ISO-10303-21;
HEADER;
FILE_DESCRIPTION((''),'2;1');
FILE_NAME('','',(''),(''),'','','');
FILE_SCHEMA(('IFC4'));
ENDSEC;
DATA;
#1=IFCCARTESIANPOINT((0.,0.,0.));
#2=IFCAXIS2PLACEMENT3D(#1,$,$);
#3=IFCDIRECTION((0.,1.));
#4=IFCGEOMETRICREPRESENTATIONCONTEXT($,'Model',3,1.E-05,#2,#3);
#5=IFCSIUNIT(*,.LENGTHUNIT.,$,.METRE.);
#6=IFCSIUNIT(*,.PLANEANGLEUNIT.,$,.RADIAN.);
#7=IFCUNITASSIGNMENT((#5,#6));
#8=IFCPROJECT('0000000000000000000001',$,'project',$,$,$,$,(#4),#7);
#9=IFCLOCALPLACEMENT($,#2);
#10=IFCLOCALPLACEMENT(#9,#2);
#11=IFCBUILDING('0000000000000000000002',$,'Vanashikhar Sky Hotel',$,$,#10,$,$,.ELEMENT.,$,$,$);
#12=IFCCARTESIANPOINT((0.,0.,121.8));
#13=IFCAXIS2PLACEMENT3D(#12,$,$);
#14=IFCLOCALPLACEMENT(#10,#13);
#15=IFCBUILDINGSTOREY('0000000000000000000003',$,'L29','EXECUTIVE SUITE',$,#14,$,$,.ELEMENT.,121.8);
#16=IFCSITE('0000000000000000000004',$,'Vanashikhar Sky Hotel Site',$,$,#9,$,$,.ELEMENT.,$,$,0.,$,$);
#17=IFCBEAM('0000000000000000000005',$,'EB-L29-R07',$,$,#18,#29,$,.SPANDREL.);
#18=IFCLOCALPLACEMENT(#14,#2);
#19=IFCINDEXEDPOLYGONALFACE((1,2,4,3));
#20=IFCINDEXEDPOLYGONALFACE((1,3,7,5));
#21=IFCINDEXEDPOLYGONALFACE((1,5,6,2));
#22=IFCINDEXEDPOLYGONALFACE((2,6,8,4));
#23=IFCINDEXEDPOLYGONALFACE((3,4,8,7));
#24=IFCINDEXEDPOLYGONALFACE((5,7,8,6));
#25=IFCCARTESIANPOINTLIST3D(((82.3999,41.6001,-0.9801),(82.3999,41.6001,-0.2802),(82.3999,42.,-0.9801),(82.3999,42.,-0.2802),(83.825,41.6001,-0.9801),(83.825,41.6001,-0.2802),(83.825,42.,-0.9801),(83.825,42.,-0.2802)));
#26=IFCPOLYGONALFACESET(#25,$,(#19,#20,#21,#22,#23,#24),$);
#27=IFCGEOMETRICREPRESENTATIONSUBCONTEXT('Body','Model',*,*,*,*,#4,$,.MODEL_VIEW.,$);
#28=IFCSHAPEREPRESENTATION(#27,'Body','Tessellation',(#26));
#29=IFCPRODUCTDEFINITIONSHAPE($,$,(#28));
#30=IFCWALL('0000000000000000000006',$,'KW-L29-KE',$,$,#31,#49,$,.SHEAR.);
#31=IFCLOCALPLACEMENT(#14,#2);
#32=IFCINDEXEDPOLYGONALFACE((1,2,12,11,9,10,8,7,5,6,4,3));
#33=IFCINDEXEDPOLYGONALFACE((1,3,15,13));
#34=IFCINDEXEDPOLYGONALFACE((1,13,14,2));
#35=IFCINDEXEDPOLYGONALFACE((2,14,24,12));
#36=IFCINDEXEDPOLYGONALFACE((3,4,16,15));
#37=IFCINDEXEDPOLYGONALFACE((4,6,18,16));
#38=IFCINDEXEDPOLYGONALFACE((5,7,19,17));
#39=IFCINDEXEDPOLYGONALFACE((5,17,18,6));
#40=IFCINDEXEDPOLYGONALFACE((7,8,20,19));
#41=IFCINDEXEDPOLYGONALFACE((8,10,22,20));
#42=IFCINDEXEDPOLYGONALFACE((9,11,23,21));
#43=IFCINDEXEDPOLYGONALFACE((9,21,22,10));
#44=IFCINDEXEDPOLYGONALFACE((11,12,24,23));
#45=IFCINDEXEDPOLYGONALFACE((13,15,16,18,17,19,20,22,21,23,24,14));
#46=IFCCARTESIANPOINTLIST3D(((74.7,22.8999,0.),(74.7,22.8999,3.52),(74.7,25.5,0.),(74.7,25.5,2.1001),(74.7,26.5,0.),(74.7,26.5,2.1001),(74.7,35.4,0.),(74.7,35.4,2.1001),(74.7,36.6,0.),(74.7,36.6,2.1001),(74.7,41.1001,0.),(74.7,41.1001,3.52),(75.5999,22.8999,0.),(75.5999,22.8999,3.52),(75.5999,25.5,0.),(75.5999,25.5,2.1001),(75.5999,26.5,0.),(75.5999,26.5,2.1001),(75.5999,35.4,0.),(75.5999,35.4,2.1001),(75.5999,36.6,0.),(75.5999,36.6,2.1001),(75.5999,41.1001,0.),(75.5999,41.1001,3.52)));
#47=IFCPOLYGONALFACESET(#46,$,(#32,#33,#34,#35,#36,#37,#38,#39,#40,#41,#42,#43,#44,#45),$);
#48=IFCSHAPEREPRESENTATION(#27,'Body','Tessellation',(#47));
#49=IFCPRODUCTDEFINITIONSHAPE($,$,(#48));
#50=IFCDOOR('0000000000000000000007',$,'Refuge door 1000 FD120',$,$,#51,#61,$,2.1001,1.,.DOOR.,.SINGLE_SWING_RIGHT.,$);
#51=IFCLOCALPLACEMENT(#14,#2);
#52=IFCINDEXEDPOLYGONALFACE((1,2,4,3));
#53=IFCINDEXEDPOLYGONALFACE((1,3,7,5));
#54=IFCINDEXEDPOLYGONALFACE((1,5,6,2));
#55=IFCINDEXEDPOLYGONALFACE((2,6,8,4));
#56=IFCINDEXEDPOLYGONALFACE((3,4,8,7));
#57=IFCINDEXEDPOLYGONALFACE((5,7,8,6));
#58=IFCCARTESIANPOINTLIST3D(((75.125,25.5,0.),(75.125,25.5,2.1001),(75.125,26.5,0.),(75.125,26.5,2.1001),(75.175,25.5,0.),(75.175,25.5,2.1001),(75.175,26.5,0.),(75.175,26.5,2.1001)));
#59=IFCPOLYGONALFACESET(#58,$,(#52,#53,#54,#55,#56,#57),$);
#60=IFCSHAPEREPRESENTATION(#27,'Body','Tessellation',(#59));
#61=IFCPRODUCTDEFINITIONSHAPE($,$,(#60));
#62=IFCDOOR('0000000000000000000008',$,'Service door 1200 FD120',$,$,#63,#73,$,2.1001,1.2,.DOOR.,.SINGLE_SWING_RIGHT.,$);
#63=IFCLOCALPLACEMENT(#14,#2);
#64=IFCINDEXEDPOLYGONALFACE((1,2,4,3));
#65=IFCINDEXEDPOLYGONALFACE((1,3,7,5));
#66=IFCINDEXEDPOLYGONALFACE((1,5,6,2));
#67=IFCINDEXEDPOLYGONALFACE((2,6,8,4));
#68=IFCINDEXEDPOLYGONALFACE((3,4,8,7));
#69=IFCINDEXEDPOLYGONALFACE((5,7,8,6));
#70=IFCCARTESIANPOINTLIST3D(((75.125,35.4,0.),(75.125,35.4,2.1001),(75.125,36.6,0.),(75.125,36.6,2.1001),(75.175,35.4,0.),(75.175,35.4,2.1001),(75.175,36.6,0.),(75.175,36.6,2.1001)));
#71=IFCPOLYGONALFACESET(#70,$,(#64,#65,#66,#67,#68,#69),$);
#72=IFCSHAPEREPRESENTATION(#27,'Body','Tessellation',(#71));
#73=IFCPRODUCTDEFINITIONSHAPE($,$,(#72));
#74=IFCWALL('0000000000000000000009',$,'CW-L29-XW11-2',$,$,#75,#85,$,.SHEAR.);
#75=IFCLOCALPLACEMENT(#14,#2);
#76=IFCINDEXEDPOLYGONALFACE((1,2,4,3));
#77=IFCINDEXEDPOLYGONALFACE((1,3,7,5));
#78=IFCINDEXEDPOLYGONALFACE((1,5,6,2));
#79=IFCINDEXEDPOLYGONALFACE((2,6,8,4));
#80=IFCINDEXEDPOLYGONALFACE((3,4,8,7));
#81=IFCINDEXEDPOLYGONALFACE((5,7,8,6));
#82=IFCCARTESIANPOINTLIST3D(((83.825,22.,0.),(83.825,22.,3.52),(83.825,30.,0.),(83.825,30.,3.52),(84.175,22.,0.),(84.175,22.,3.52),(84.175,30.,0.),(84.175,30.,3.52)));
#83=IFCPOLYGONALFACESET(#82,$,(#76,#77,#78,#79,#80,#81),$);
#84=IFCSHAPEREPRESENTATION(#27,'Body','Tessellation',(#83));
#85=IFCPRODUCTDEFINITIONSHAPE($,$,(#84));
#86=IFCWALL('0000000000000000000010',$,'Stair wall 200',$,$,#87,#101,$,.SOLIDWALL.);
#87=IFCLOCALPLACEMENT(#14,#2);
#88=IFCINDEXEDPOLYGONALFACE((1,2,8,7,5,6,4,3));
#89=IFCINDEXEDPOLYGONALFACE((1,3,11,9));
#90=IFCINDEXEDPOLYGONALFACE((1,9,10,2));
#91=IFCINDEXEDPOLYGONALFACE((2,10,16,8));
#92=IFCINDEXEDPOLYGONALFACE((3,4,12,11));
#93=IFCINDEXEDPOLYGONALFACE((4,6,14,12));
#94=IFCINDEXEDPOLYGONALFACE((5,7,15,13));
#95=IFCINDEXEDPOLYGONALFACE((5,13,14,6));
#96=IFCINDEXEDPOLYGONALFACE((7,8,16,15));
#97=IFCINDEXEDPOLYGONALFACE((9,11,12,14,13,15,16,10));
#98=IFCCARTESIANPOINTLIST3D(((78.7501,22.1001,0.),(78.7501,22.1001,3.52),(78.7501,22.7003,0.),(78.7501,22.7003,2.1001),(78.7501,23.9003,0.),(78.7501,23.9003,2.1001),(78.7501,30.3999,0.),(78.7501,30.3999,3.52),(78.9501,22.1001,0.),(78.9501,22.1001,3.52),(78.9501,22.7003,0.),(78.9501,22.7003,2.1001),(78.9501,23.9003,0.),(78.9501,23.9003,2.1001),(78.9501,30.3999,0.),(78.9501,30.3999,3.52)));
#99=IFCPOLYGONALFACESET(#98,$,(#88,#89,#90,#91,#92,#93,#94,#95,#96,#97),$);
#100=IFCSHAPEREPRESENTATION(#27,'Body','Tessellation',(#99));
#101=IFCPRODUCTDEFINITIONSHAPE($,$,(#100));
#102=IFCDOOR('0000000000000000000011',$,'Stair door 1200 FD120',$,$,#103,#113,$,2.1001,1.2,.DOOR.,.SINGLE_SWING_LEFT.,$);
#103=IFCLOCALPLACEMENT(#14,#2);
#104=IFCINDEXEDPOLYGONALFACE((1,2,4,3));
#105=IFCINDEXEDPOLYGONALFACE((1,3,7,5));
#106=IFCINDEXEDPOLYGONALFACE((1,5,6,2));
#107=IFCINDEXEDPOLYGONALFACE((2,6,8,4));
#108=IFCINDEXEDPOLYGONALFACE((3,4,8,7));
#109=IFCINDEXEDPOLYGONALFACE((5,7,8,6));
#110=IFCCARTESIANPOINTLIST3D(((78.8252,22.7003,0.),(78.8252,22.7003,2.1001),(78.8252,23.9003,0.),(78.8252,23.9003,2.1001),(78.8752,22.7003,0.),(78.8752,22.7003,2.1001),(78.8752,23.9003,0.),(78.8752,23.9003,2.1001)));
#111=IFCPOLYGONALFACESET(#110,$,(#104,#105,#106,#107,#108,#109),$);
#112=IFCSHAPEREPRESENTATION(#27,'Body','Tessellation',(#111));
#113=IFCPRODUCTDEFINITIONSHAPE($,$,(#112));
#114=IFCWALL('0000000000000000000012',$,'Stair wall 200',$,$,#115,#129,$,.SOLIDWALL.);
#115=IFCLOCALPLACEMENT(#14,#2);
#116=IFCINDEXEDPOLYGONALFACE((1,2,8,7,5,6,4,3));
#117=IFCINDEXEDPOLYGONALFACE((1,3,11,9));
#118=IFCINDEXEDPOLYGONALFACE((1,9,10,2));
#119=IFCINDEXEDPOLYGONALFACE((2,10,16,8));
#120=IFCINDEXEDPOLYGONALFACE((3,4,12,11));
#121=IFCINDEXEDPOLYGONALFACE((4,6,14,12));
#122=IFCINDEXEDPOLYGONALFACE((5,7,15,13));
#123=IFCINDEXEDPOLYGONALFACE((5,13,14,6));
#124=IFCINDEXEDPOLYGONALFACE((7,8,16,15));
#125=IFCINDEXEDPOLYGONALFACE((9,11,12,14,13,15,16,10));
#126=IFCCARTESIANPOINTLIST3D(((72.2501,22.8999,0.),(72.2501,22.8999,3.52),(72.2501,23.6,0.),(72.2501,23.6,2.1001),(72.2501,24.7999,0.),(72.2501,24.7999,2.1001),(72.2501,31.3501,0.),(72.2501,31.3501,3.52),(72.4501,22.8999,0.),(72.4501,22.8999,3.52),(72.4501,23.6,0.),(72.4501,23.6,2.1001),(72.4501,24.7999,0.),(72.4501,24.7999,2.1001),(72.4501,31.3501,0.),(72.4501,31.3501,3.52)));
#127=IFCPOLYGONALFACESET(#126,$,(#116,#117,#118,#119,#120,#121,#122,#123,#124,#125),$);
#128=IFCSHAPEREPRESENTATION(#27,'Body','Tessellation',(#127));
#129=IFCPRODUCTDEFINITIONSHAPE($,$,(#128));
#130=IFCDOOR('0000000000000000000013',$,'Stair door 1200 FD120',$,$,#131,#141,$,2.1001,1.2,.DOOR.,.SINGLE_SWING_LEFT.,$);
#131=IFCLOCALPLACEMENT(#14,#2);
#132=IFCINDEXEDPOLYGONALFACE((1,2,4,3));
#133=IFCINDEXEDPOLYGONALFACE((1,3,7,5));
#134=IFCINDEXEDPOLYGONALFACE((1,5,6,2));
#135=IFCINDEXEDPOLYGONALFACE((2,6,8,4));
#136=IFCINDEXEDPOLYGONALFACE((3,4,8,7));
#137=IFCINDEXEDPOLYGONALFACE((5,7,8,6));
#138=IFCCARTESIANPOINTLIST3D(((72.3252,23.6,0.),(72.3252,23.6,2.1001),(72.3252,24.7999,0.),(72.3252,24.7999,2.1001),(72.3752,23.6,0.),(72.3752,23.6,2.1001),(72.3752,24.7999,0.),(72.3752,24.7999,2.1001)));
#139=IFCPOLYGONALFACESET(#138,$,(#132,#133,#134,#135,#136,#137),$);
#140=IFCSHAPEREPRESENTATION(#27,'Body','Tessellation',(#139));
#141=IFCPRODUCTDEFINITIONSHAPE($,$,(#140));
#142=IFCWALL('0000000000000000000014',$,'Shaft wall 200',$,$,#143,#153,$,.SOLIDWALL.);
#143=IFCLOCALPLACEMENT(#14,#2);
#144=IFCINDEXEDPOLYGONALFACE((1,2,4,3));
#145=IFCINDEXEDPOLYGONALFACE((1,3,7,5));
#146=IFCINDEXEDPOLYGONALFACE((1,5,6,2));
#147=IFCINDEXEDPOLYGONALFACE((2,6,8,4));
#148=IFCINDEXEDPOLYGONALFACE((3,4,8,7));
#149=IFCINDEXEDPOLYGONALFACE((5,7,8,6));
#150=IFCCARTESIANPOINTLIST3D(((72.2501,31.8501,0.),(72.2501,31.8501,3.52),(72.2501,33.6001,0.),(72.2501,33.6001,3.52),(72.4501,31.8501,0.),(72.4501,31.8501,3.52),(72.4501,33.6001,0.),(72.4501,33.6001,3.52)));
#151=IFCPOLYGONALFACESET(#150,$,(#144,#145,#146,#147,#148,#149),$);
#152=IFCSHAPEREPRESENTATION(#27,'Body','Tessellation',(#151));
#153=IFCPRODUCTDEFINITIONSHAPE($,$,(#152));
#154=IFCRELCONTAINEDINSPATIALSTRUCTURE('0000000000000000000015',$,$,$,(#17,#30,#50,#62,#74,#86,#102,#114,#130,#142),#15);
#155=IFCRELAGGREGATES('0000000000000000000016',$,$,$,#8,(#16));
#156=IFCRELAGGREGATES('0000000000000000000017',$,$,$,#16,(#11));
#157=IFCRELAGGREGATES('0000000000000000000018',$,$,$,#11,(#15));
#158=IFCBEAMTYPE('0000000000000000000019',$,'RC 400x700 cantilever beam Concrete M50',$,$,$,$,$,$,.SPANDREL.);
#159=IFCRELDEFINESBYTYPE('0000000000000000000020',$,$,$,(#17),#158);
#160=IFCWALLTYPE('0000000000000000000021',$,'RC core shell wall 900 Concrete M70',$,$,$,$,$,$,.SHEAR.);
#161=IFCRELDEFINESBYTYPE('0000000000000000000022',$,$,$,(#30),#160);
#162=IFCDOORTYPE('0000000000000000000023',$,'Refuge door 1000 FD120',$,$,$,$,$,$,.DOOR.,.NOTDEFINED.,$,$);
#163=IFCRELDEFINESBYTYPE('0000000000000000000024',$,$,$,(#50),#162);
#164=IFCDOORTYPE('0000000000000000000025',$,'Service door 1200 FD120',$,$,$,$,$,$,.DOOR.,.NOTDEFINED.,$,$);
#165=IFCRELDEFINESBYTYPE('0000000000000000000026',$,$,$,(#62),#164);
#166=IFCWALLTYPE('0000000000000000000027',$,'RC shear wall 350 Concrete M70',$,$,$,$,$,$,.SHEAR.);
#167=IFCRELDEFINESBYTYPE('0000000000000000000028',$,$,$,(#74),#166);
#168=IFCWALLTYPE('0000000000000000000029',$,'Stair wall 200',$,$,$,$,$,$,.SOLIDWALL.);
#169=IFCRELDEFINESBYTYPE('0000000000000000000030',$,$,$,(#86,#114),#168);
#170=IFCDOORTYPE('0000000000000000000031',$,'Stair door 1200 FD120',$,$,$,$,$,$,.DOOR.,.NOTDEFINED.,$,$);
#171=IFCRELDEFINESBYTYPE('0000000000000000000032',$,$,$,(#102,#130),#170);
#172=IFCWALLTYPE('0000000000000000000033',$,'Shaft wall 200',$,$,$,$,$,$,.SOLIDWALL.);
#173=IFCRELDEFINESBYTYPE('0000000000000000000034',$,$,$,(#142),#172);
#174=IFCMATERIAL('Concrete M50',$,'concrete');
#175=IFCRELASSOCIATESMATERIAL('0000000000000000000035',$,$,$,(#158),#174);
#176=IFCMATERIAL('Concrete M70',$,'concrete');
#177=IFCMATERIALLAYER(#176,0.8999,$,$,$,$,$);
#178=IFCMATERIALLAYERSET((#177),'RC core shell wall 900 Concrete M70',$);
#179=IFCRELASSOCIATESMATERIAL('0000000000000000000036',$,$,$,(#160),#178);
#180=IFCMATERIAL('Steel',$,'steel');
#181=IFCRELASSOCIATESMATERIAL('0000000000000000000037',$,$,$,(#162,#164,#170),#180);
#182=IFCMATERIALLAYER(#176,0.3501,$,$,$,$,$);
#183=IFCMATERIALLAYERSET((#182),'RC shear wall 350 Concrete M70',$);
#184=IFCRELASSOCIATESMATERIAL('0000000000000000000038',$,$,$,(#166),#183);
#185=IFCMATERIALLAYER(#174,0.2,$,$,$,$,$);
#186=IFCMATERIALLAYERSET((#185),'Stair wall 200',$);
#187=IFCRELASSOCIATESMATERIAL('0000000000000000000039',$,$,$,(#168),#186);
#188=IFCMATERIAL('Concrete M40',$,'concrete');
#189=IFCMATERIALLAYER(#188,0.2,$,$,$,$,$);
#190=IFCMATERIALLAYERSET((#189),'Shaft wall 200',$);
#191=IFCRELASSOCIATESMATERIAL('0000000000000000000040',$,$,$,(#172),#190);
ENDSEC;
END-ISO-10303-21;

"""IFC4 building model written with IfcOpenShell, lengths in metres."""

from ifc_helpers import new_model, si_unit, direction, frame, frame_2d, origin, origin_2d, place, context, subcontext, project, spatial, rectangle, extrude, source, transform, mapped, material, layer, layer_set, material_profile, profile_set, type_object, element, fill, save


model = new_model("IFC4")

# Units and contexts
model_context = context("Model", 3, precision=1e-05, world=origin(), true_north=direction((0.0, 1.0)))
body_context = subcontext(model_context, "Body", "Model", "MODEL_VIEW")
ifc_project = project(units=[si_unit("LENGTHUNIT", "METRE"), si_unit("PLANEANGLEUNIT", "RADIAN")], contexts=[model_context])

# Site, building, storey
site_placement = place(None, origin())
site = spatial("IfcSite", under=ifc_project, at=site_placement, Name="Vanashikhar Sky Hotel Site", CompositionType="ELEMENT", RefElevation=0.0)
building_placement = place(site_placement, origin())
building = spatial("IfcBuilding", under=site, at=building_placement, Name="Vanashikhar Sky Hotel", CompositionType="ELEMENT")
storey_placement = place(building_placement, frame((0.0, 0.0, 121.8)))
storey = spatial("IfcBuildingStorey", under=building, at=storey_placement, Name="L29", Description="EXECUTIVE SUITE", CompositionType="ELEMENT", Elevation=121.8)

# Beam
ifc_material_1 = material(Name="Concrete M50", Category="concrete")
ifc_material_profile = material_profile(ifc_material_1, rectangle(XDim=0.3999, YDim=0.7, at=origin_2d()))
ifc_profile_set = profile_set([ifc_material_profile], Name="RC 400x700 cantilever beam Concrete M50")
beam_type = type_object("IfcBeamType", Name="RC 400x700 cantilever beam Concrete M50", PredefinedType="SPANDREL", material=ifc_profile_set)
shared_shape_1 = source(origin(), body_context, "Body", "SweptSolid", [
    extrude(rectangle(XDim=0.3999, YDim=0.7, at=origin_2d()), origin(), (0.0, 0.0, 1.0), 1.425),
])
beam_placement = place(storey_placement, frame((82.3999, 41.8, -0.6301), z_axis=(1.0, 0.0, 0.0), x_axis=(0.0, 1.0, 0.0)))
element("IfcBeam", 1, at=beam_placement, inside=storey, type_object=beam_type, Name="EB-L29-R07", PredefinedType="SPANDREL", context=body_context, shape_type="MappedRepresentation", body=[
    mapped(shared_shape_1, transform((0.0, 0.0, 0.0), scale=1.0)),
])

# Wall, openings, doors
ifc_material_2 = material(Name="Concrete M70", Category="concrete")
ifc_layer_1 = layer(ifc_material_2, 0.8999)
ifc_layer_set_1 = layer_set([ifc_layer_1], Name="RC core shell wall 900 Concrete M70")
wall_type_1 = type_object("IfcWallType", Name="RC core shell wall 900 Concrete M70", PredefinedType="SHEAR", material=ifc_layer_set_1)
shared_shape_2 = source(origin(), body_context, "Body", "SweptSolid", [
    extrude(rectangle(XDim=18.2002, YDim=0.8999, at=frame_2d((9.1001, 0.0))), origin(), (0.0, 0.0, 1.0), 3.52),
])
wall_1_placement = place(storey_placement, frame((75.1499, 22.8999, 0.0), z_axis=(0.0, 0.0, 1.0), x_axis=(0.0, 1.0, 0.0)))
wall_1 = element("IfcWall", 2, at=wall_1_placement, inside=storey, type_object=wall_type_1, Name="KW-L29-KE", PredefinedType="SHEAR", context=body_context, shape_type="MappedRepresentation", body=[
    mapped(shared_shape_2, transform((0.0, 0.0, 0.0), scale=1.0)),
])
shared_shape_3 = source(origin(), body_context, "Body", "SweptSolid", [
    extrude(rectangle(XDim=1.0, YDim=2.1001, at=frame_2d((0.5, 1.05))), frame((0.0, 0.46, 0.0), z_axis=(0.0, -1.0, 0.0), x_axis=(1.0, 0.0, 0.0)), (0.0, 0.0, 1.0), 0.9199),
])
opening_1_placement = place(wall_1_placement, frame((2.6001, 0.0, 0.0)))
opening_1 = element("IfcOpeningElement", 3, at=opening_1_placement, cuts=wall_1, PredefinedType="OPENING", context=body_context, shape_type="MappedRepresentation", body=[
    mapped(shared_shape_3, transform((0.0, 0.0, 0.0), scale=1.0)),
])
shared_shape_4 = source(origin(), body_context, "Body", "SweptSolid", [
    extrude(rectangle(XDim=1.2, YDim=2.1001, at=frame_2d((0.6001, 1.05))), frame((0.0, 0.46, 0.0), z_axis=(0.0, -1.0, 0.0), x_axis=(1.0, 0.0, 0.0)), (0.0, 0.0, 1.0), 0.9199),
])
opening_2_placement = place(wall_1_placement, frame((12.5, 0.0, 0.0)))
opening_2 = element("IfcOpeningElement", 4, at=opening_2_placement, cuts=wall_1, PredefinedType="OPENING", context=body_context, shape_type="MappedRepresentation", body=[
    mapped(shared_shape_4, transform((0.0, 0.0, 0.0), scale=1.0)),
])
ifc_material_3 = material(Name="Steel", Category="steel")
door_type_1 = type_object("IfcDoorType", Name="Refuge door 1000 FD120", OperationType="NOTDEFINED", PredefinedType="DOOR", material=ifc_material_3)
shared_shape_5 = source(origin(), body_context, "Body", "SweptSolid", [
    extrude(rectangle(XDim=1.0, YDim=2.1001, at=frame_2d((0.5, 1.05))), frame((0.0, 0.0249, 0.0), z_axis=(0.0, -1.0, 0.0), x_axis=(1.0, 0.0, 0.0)), (0.0, 0.0, 1.0), 0.05),
])
door_1_placement = place(opening_1_placement, origin())
door_1 = element("IfcDoor", 5, at=door_1_placement, inside=storey, type_object=door_type_1, Name="Refuge door 1000 FD120", OperationType="SINGLE_SWING_RIGHT", OverallHeight=2.1001, OverallWidth=1.0, PredefinedType="DOOR", context=body_context, shape_type="MappedRepresentation", body=[
    mapped(shared_shape_5, transform((0.0, 0.0, 0.0), scale=1.0)),
])
fill(opening_1, door_1)
door_type_2 = type_object("IfcDoorType", Name="Service door 1200 FD120", OperationType="NOTDEFINED", PredefinedType="DOOR", material=ifc_material_3)
shared_shape_6 = source(origin(), body_context, "Body", "SweptSolid", [
    extrude(rectangle(XDim=1.2, YDim=2.1001, at=frame_2d((0.6001, 1.05))), frame((0.0, 0.0249, 0.0), z_axis=(0.0, -1.0, 0.0), x_axis=(1.0, 0.0, 0.0)), (0.0, 0.0, 1.0), 0.05),
])
door_2_placement = place(opening_2_placement, origin())
door_2 = element("IfcDoor", 6, at=door_2_placement, inside=storey, type_object=door_type_2, Name="Service door 1200 FD120", OperationType="SINGLE_SWING_RIGHT", OverallHeight=2.1001, OverallWidth=1.2, PredefinedType="DOOR", context=body_context, shape_type="MappedRepresentation", body=[
    mapped(shared_shape_6, transform((0.0, 0.0, 0.0), scale=1.0)),
])
fill(opening_2, door_2)

# Wall
ifc_layer_2 = layer(ifc_material_2, 0.3501)
ifc_layer_set_2 = layer_set([ifc_layer_2], Name="RC shear wall 350 Concrete M70")
wall_type_2 = type_object("IfcWallType", Name="RC shear wall 350 Concrete M70", PredefinedType="SHEAR", material=ifc_layer_set_2)
shared_shape_7 = source(origin(), body_context, "Body", "SweptSolid", [
    extrude(rectangle(XDim=8.0, YDim=0.3501, at=frame_2d((4.0, 0.0))), origin(), (0.0, 0.0, 1.0), 3.52),
])
wall_2_placement = place(storey_placement, frame((84.0, 22.0, 0.0), z_axis=(0.0, 0.0, 1.0), x_axis=(0.0, 1.0, 0.0)))
element("IfcWall", 7, at=wall_2_placement, inside=storey, type_object=wall_type_2, Name="CW-L29-XW11-2", PredefinedType="SHEAR", context=body_context, shape_type="MappedRepresentation", body=[
    mapped(shared_shape_7, transform((0.0, 0.0, 0.0), scale=1.0)),
])

# Walls, openings, doors
ifc_layer_3 = layer(ifc_material_1, 0.2)
ifc_layer_set_3 = layer_set([ifc_layer_3], Name="Stair wall 200")
wall_type_3 = type_object("IfcWallType", Name="Stair wall 200", PredefinedType="SOLIDWALL", material=ifc_layer_set_3)
shared_shape_8 = source(origin(), body_context, "Body", "SweptSolid", [
    extrude(rectangle(XDim=8.2998, YDim=0.2, at=frame_2d((4.1499, 0.0))), origin(), (0.0, 0.0, 1.0), 3.52),
])
wall_3_placement = place(storey_placement, frame((78.8501, 22.1001, 0.0), z_axis=(0.0, 0.0, 1.0), x_axis=(0.0, 1.0, 0.0)))
wall_3 = element("IfcWall", 8, at=wall_3_placement, inside=storey, type_object=wall_type_3, Name="Stair wall 200", PredefinedType="SOLIDWALL", context=body_context, shape_type="MappedRepresentation", body=[
    mapped(shared_shape_8, transform((0.0, 0.0, 0.0), scale=1.0)),
])
shared_shape_9 = source(origin(), body_context, "Body", "SweptSolid", [
    extrude(rectangle(XDim=1.2, YDim=2.1001, at=frame_2d((0.6001, 1.05))), frame((0.0, 0.1099, 0.0), z_axis=(0.0, -1.0, 0.0), x_axis=(1.0, 0.0, 0.0)), (0.0, 0.0, 1.0), 0.22),
])
opening_3_placement = place(wall_3_placement, frame((0.6001, 0.0, 0.0)))
opening_3 = element("IfcOpeningElement", 9, at=opening_3_placement, cuts=wall_3, PredefinedType="OPENING", context=body_context, shape_type="MappedRepresentation", body=[
    mapped(shared_shape_9, transform((0.0, 0.0, 0.0), scale=1.0)),
])
door_type_3 = type_object("IfcDoorType", Name="Stair door 1200 FD120", OperationType="NOTDEFINED", PredefinedType="DOOR", material=ifc_material_3)
door_3_placement = place(opening_3_placement, origin())
door_3 = element("IfcDoor", 10, at=door_3_placement, inside=storey, type_object=door_type_3, Name="Stair door 1200 FD120", OperationType="SINGLE_SWING_LEFT", OverallHeight=2.1001, OverallWidth=1.2, PredefinedType="DOOR", context=body_context, shape_type="MappedRepresentation", body=[
    mapped(shared_shape_6, transform((0.0, 0.0, 0.0), scale=1.0)),
])
fill(opening_3, door_3)
shared_shape_10 = source(origin(), body_context, "Body", "SweptSolid", [
    extrude(rectangle(XDim=8.4502, YDim=0.2, at=frame_2d((4.2251, 0.0))), origin(), (0.0, 0.0, 1.0), 3.52),
])
wall_4_placement = place(storey_placement, frame((72.3501, 22.8999, 0.0), z_axis=(0.0, 0.0, 1.0), x_axis=(0.0, 1.0, 0.0)))
wall_4 = element("IfcWall", 11, at=wall_4_placement, inside=storey, type_object=wall_type_3, Name="Stair wall 200", PredefinedType="SOLIDWALL", context=body_context, shape_type="MappedRepresentation", body=[
    mapped(shared_shape_10, transform((0.0, 0.0, 0.0), scale=1.0)),
])
opening_4_placement = place(wall_4_placement, frame((0.7, 0.0, 0.0)))
opening_4 = element("IfcOpeningElement", 12, at=opening_4_placement, cuts=wall_4, PredefinedType="OPENING", context=body_context, shape_type="MappedRepresentation", body=[
    mapped(shared_shape_9, transform((0.0, 0.0, 0.0), scale=1.0)),
])
door_4_placement = place(opening_4_placement, origin())
door_4 = element("IfcDoor", 13, at=door_4_placement, inside=storey, type_object=door_type_3, Name="Stair door 1200 FD120", OperationType="SINGLE_SWING_LEFT", OverallHeight=2.1001, OverallWidth=1.2, PredefinedType="DOOR", context=body_context, shape_type="MappedRepresentation", body=[
    mapped(shared_shape_6, transform((0.0, 0.0, 0.0), scale=1.0)),
])
fill(opening_4, door_4)

# Wall
ifc_material_4 = material(Name="Concrete M40", Category="concrete")
ifc_layer_4 = layer(ifc_material_4, 0.2)
ifc_layer_set_4 = layer_set([ifc_layer_4], Name="Shaft wall 200")
wall_type_4 = type_object("IfcWallType", Name="Shaft wall 200", PredefinedType="SOLIDWALL", material=ifc_layer_set_4)
shared_shape_11 = source(origin(), body_context, "Body", "SweptSolid", [
    extrude(rectangle(XDim=1.75, YDim=0.2, at=frame_2d((0.875, 0.0))), origin(), (0.0, 0.0, 1.0), 3.52),
])
wall_5_placement = place(storey_placement, frame((72.3501, 31.8501, 0.0), z_axis=(0.0, 0.0, 1.0), x_axis=(0.0, 1.0, 0.0)))
element("IfcWall", 14, at=wall_5_placement, inside=storey, type_object=wall_type_4, Name="Shaft wall 200", PredefinedType="SOLIDWALL", context=body_context, shape_type="MappedRepresentation", body=[
    mapped(shared_shape_11, transform((0.0, 0.0, 0.0), scale=1.0)),
])

save(model, "model.ifc")
